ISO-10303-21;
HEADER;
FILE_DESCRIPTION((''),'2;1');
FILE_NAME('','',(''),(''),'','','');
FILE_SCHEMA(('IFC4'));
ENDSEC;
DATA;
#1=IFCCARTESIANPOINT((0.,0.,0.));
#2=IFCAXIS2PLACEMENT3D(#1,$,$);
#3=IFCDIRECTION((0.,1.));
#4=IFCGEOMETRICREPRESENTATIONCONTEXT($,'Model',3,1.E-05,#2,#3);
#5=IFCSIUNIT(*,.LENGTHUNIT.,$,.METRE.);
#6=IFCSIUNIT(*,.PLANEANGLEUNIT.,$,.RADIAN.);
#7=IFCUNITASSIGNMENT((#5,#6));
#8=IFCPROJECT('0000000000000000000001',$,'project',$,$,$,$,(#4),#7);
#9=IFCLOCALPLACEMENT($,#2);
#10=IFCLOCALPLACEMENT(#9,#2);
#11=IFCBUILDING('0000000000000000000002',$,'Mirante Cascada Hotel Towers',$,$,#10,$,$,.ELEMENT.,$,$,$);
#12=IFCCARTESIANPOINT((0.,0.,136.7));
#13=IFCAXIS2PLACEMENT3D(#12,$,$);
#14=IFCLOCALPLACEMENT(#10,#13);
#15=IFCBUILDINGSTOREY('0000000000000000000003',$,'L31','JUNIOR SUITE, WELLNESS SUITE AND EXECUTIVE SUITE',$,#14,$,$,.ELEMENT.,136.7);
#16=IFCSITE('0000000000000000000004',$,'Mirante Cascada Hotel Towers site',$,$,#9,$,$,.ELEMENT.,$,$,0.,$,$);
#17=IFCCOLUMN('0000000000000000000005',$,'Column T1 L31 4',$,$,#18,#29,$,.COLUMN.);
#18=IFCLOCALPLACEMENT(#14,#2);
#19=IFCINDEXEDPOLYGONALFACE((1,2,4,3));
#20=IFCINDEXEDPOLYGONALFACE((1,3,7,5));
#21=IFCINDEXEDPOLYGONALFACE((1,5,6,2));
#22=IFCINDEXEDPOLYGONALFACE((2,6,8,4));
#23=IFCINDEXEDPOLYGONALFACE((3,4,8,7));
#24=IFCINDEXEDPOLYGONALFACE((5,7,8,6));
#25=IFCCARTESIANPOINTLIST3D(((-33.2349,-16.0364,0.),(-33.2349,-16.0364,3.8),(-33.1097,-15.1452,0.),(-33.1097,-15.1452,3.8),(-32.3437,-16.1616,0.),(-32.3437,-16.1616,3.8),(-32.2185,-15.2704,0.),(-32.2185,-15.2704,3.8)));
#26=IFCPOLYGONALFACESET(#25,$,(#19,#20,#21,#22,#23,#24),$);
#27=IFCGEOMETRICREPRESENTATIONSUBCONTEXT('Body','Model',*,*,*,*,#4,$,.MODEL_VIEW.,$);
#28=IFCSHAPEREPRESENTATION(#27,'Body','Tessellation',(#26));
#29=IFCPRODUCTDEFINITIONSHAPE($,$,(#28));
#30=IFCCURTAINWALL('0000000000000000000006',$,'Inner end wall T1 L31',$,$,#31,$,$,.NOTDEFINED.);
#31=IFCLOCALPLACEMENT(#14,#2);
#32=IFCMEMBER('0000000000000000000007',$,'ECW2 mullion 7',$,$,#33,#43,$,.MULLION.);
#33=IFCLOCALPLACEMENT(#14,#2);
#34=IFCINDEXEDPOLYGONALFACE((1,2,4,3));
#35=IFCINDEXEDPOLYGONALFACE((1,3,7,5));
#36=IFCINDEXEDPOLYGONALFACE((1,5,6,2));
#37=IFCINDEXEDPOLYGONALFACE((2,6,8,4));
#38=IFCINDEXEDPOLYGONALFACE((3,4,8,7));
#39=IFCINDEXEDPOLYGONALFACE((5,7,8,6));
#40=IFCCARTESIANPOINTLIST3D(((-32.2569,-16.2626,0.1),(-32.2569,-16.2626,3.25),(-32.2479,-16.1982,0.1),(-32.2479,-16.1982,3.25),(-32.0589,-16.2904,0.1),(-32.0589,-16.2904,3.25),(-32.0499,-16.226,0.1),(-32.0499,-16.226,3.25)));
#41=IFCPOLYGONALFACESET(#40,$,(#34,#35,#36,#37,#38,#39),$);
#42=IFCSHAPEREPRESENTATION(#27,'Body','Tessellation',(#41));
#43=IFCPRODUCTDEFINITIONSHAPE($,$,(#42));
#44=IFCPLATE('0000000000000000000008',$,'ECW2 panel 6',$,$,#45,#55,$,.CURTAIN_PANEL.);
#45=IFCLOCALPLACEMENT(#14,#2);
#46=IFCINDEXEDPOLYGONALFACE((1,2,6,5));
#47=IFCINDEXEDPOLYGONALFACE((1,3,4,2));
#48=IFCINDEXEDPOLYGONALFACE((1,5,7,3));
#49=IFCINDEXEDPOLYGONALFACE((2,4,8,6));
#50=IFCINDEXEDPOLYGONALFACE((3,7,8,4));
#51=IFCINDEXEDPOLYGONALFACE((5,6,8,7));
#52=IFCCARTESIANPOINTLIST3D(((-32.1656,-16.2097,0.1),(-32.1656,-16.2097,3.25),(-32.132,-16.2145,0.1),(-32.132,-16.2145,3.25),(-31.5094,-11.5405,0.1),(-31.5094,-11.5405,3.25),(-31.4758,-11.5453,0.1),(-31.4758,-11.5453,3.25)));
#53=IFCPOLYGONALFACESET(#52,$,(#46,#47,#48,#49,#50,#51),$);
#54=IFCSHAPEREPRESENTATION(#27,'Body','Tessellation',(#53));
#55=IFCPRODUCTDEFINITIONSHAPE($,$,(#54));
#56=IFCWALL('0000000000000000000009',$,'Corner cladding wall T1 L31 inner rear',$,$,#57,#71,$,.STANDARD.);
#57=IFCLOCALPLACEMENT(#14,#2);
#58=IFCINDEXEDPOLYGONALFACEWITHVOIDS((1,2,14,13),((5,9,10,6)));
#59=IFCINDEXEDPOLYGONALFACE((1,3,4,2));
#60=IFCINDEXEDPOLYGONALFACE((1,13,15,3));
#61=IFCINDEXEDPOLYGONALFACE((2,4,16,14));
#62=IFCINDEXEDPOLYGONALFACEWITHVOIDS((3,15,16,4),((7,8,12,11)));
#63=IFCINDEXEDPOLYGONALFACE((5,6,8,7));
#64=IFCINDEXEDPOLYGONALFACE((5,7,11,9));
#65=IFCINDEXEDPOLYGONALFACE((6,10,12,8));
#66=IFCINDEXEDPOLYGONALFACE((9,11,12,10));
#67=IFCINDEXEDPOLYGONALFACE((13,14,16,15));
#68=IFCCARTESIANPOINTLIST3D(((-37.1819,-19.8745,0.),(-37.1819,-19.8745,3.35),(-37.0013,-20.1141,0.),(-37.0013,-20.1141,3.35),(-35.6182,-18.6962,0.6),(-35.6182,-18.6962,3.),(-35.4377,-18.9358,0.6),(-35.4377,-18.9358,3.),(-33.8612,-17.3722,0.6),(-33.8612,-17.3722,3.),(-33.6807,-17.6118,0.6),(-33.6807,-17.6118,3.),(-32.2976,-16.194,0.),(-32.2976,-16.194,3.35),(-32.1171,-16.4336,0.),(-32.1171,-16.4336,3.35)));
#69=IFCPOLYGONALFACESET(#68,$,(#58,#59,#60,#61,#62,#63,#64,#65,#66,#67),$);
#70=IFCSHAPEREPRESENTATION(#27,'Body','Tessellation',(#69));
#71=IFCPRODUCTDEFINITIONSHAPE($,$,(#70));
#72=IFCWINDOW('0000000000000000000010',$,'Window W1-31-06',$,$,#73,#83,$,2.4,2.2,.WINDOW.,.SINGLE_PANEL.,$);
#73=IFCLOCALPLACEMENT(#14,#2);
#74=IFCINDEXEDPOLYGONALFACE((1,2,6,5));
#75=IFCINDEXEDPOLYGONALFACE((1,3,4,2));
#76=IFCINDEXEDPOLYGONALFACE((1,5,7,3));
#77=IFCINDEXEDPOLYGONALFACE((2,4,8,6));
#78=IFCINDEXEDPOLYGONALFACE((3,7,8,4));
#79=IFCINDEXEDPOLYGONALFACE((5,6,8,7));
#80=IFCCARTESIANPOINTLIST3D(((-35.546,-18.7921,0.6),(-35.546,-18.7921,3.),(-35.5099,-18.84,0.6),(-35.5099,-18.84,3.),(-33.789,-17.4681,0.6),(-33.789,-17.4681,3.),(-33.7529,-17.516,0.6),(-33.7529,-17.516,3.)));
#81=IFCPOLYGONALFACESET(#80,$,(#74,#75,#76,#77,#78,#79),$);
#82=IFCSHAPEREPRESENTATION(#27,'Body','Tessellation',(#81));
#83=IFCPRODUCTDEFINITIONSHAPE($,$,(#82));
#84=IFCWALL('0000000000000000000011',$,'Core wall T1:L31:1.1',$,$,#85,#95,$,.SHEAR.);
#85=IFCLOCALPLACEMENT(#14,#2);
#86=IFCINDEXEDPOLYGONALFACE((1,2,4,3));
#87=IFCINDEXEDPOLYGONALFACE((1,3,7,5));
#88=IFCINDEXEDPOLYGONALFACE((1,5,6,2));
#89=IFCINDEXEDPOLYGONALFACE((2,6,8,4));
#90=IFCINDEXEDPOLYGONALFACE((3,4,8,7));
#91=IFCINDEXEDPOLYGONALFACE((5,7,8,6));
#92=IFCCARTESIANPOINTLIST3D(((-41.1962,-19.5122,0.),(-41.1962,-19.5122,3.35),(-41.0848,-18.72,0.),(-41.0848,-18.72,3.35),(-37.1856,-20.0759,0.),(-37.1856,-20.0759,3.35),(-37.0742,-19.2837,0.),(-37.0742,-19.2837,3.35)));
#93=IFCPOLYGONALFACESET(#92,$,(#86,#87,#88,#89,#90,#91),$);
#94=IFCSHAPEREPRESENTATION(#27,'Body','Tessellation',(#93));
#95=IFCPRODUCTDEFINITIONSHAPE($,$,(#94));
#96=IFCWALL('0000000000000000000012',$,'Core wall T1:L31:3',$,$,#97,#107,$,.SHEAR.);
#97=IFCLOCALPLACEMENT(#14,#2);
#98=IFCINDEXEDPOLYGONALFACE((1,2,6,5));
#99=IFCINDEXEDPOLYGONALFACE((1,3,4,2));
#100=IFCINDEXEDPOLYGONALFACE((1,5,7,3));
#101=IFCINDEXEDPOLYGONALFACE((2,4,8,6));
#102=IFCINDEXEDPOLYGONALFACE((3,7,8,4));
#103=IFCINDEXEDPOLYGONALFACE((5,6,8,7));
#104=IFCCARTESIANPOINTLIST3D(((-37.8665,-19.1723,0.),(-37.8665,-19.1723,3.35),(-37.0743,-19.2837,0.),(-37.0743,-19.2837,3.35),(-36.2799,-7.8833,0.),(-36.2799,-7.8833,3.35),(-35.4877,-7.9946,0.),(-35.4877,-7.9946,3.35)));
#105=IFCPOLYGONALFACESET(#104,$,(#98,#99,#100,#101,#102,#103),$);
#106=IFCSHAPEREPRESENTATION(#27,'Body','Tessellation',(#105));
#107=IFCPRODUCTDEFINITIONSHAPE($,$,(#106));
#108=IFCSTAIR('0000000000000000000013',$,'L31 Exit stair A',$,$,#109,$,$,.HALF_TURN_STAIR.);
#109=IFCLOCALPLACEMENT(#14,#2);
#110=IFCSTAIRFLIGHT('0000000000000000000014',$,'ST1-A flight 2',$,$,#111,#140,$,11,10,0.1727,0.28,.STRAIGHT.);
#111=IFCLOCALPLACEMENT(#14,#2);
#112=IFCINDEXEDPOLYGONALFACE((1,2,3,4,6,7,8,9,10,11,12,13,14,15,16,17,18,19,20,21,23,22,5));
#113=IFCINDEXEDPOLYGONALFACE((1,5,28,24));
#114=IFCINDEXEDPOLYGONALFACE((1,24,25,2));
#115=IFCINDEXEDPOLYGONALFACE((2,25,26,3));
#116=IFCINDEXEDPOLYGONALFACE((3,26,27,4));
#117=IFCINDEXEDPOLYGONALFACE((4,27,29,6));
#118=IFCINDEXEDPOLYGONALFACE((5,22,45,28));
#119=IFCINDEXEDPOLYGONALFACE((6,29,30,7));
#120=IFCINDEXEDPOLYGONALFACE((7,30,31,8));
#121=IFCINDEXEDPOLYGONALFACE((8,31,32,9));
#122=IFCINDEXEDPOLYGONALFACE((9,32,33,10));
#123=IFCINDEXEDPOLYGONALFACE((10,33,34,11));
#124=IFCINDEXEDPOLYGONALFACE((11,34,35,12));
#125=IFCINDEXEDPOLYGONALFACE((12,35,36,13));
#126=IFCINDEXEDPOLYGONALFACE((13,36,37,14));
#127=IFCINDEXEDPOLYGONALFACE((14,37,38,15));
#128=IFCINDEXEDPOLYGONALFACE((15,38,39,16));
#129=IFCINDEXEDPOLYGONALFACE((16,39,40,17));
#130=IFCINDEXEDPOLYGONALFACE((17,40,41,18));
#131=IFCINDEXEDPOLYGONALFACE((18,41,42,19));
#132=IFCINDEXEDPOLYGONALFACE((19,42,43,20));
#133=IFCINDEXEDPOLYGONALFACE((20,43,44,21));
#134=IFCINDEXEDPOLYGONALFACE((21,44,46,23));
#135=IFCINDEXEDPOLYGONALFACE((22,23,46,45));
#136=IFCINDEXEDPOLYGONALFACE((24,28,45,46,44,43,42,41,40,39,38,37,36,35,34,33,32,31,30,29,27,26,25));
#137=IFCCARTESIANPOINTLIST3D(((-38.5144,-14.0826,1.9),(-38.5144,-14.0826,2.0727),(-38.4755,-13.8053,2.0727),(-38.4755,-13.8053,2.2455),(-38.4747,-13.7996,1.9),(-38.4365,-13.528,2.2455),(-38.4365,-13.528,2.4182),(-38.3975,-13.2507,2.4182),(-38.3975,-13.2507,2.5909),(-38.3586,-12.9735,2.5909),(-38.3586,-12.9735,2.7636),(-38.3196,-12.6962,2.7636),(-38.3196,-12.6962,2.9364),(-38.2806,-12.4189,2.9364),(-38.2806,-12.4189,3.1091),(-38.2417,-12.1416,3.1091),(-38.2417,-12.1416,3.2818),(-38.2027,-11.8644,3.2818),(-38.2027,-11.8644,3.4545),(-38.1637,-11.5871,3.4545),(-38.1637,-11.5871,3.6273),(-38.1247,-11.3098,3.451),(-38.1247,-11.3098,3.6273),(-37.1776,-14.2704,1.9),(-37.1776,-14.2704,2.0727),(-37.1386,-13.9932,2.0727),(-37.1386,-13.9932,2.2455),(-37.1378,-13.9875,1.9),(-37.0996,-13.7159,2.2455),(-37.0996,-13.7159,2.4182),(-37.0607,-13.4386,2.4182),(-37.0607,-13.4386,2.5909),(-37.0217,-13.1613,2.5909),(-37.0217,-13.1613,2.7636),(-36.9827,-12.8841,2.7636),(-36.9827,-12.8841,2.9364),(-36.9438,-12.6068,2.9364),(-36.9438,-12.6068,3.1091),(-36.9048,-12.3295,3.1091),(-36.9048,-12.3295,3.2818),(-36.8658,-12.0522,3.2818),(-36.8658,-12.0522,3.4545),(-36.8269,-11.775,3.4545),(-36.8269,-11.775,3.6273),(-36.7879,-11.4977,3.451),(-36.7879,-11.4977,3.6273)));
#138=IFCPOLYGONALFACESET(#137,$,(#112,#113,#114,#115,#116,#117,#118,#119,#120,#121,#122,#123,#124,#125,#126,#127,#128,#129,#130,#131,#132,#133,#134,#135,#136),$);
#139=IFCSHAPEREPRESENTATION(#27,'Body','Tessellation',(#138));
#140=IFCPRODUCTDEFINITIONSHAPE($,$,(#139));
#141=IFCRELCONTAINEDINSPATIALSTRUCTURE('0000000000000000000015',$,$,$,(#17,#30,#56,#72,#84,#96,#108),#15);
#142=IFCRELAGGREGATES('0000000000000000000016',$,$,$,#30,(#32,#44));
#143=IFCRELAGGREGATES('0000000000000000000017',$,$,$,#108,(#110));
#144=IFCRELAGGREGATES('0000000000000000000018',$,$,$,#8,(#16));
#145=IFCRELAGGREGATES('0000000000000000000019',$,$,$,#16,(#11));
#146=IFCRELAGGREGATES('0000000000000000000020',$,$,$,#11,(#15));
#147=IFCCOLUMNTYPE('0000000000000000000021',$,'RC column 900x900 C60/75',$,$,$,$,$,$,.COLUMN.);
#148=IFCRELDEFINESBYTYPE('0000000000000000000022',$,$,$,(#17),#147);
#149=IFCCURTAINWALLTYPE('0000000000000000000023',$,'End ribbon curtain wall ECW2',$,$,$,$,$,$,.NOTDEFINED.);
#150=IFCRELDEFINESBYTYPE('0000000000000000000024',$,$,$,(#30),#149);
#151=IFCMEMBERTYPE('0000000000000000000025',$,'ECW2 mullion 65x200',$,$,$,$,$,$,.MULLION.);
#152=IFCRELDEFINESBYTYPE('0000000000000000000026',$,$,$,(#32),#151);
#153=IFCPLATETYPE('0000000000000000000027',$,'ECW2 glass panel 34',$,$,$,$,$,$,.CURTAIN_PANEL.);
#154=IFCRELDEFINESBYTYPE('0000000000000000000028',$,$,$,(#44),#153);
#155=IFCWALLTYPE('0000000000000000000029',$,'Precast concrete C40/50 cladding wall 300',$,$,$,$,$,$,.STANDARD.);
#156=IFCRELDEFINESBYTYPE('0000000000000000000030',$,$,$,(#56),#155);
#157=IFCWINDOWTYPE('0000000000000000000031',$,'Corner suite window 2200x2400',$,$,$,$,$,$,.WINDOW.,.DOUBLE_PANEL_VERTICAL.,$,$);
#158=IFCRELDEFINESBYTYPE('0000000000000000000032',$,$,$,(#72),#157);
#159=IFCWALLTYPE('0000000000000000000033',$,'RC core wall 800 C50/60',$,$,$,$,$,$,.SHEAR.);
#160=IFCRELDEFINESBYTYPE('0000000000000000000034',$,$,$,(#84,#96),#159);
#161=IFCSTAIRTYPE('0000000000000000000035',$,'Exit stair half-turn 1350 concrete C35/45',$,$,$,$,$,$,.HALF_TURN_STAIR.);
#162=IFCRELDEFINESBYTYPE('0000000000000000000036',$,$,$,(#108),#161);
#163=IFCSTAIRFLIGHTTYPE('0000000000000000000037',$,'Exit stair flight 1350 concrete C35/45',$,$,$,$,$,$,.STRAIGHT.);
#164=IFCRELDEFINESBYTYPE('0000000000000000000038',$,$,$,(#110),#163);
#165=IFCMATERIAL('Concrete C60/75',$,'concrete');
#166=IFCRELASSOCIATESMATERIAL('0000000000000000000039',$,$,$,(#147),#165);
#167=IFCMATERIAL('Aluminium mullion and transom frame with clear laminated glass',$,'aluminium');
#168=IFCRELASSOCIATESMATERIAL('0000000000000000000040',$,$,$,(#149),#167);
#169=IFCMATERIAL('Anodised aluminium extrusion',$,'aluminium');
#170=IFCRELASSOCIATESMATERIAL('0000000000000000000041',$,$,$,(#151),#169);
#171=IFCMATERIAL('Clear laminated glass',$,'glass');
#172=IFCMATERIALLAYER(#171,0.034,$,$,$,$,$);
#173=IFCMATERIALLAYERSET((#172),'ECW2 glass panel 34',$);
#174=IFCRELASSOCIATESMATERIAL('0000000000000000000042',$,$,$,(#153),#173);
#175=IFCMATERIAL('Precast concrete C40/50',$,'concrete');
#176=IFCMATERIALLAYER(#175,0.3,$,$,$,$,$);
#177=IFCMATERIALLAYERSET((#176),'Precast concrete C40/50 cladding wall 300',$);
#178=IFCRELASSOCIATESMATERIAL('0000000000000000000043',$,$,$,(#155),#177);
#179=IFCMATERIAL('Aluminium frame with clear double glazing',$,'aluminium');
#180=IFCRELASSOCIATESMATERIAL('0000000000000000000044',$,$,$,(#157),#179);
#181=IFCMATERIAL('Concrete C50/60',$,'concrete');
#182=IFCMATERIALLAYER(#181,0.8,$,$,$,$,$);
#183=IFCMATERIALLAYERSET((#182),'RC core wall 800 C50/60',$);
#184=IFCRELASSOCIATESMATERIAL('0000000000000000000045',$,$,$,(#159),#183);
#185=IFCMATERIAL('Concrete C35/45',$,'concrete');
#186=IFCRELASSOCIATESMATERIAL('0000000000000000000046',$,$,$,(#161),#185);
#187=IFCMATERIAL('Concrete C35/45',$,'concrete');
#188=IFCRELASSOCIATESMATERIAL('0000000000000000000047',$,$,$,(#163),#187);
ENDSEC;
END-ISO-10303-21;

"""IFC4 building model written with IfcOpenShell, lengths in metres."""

from ifc_helpers import new_model, si_unit, direction, frame, frame_2d, origin, origin_2d, place, context, subcontext, project, spatial, polyline, rectangle, outline, extrude, material, layer, layer_set, material_profile, profile_set, type_object, element, fill, aggregate, save


model = new_model("IFC4")

# Units and contexts
model_context = context("Model", 3, precision=1e-05, world=origin(), true_north=direction((0.0, 1.0)))
body_context = subcontext(model_context, "Body", "Model", "MODEL_VIEW")
ifc_project = project(units=[si_unit("LENGTHUNIT", "METRE"), si_unit("PLANEANGLEUNIT", "RADIAN")], contexts=[model_context])

# Site, building, storey
site_placement = place(None, origin())
site = spatial("IfcSite", under=ifc_project, at=site_placement, Name="Mirante Cascada Hotel Towers site", CompositionType="ELEMENT", RefElevation=0.0)
building_placement = place(site_placement, origin())
building = spatial("IfcBuilding", under=site, at=building_placement, Name="Mirante Cascada Hotel Towers", CompositionType="ELEMENT")
storey_placement = place(building_placement, frame((0.0, 0.0, 136.7)))
storey = spatial("IfcBuildingStorey", under=building, at=storey_placement, Name="L31", Description="JUNIOR SUITE, WELLNESS SUITE AND EXECUTIVE SUITE", CompositionType="ELEMENT", Elevation=136.7)

# Column
ifc_material_1 = material(Name="Concrete C60/75", Category="concrete")
ifc_material_profile_1 = material_profile(ifc_material_1, rectangle(XDim=0.9, YDim=0.9, at=origin_2d()), Name="RC column 900x900 C60/75")
ifc_profile_set_1 = profile_set([ifc_material_profile_1], Name="Concrete C60/75")
column_type = type_object("IfcColumnType", Name="RC column 900x900 C60/75", PredefinedType="COLUMN", material=ifc_profile_set_1)
column_placement = place(storey_placement, frame((-32.7267, -15.6534, 0.0), z_axis=(0.0, 0.0, 1.0), x_axis=(-0.990268, 0.139173, 0.0)))
element("IfcColumn", 1, at=column_placement, inside=storey, type_object=column_type, Name="Column T1 L31 4", PredefinedType="COLUMN", context=body_context, shape_type="SweptSolid", body=[
    extrude(rectangle(XDim=0.9, YDim=0.9, at=origin_2d()), origin(), (0.0, 0.0, 1.0), 3.8),
])

# Curtain wall, member, plate
ifc_material_2 = material(Name="Aluminium mullion and transom frame with clear laminated glass", Category="aluminium")
curtain_wall_type = type_object("IfcCurtainWallType", Name="End ribbon curtain wall ECW2", PredefinedType="NOTDEFINED", material=ifc_material_2)
curtain_wall_placement = place(storey_placement, origin())
curtain_wall = element("IfcCurtainWall", 2, at=curtain_wall_placement, inside=storey, type_object=curtain_wall_type, Name="Inner end wall T1 L31", PredefinedType="NOTDEFINED")
ifc_material_3 = material(Name="Anodised aluminium extrusion", Category="aluminium")
ifc_material_profile_2 = material_profile(ifc_material_3, rectangle(XDim=0.2, YDim=0.065, at=origin_2d()), Name="ECW2 MULLION 65x200")
ifc_profile_set_2 = profile_set([ifc_material_profile_2], Name="Anodised aluminium extrusion")
member_type = type_object("IfcMemberType", Name="ECW2 mullion 65x200", PredefinedType="MULLION", material=ifc_profile_set_2)
member_placement = place(storey_placement, frame((-32.1534, -16.2443, 0.1), z_axis=(0.0, 0.0, 1.0), x_axis=(0.990268, -0.139173, 0.0)))
member = element("IfcMember", 3, at=member_placement, type_object=member_type, Name="ECW2 mullion 7", PredefinedType="MULLION", context=body_context, shape_type="SweptSolid", body=[
    extrude(rectangle(XDim=0.2, YDim=0.065, at=origin_2d()), origin(), (0.0, 0.0, 1.0), 3.15),
])
ifc_material_4 = material(Name="Clear laminated glass", Category="glass")
ifc_layer_1 = layer(ifc_material_4, 0.034)
ifc_layer_set_1 = layer_set([ifc_layer_1], Name="ECW2 glass panel 34")
plate_type = type_object("IfcPlateType", Name="ECW2 glass panel 34", PredefinedType="CURTAIN_PANEL", material=ifc_layer_set_1)
plate_placement = place(storey_placement, frame((-31.8207, -13.8775, 0.1), z_axis=(0.0, 0.0, 1.0), x_axis=(-0.139173, -0.990268, 0.0)))
plate = element("IfcPlate", 4, at=plate_placement, type_object=plate_type, Name="ECW2 panel 6", PredefinedType="CURTAIN_PANEL", context=body_context, shape_type="SweptSolid", body=[
    extrude(rectangle(XDim=4.7151, YDim=0.034, at=origin_2d()), origin(), (0.0, 0.0, 1.0), 3.15),
])
aggregate(curtain_wall, [member, plate])

# Wall, opening, window
ifc_material_5 = material(Name="Precast concrete C40/50", Category="concrete")
ifc_layer_2 = layer(ifc_material_5, 0.3)
ifc_layer_set_2 = layer_set([ifc_layer_2], Name="Precast concrete C40/50 cladding wall 300")
wall_type_1 = type_object("IfcWallType", Name="Precast concrete C40/50 cladding wall 300", PredefinedType="STANDARD", material=ifc_layer_set_2)
wall_1_placement = place(storey_placement, frame((-32.2074, -16.3138, 0.0), z_axis=(0.0, 0.0, 1.0), x_axis=(-0.798636, -0.601814, 0.0)))
wall_1 = element("IfcWall", 5, at=wall_1_placement, inside=storey, type_object=wall_type_1, Name="Corner cladding wall T1 L31 inner rear", PredefinedType="STANDARD", context=body_context, shape_type="SweptSolid", body=[
    extrude(rectangle(XDim=6.1157, YDim=0.3, at=frame_2d((3.0578, 0.0))), origin(), (0.0, 0.0, 1.0), 3.35),
])
opening_placement = place(wall_1_placement, frame((1.9578, 0.0, 0.6)))
opening = element("IfcOpeningElement", 6, at=opening_placement, cuts=wall_1, PredefinedType="OPENING", context=body_context, shape_type="SweptSolid", body=[
    extrude(rectangle(XDim=2.2, YDim=2.4, at=frame_2d((1.1, 1.2))), frame((0.0, 0.15, 0.0), z_axis=(0.0, -1.0, 0.0), x_axis=(1.0, 0.0, 0.0)), (0.0, 0.0, 1.0), 0.3),
])
ifc_material_6 = material(Name="Aluminium frame with clear double glazing", Category="aluminium")
window_type = type_object("IfcWindowType", Name="Corner suite window 2200x2400", PartitioningType="DOUBLE_PANEL_VERTICAL", PredefinedType="WINDOW", material=ifc_material_6)
window_placement = place(opening_placement, origin())
window = element("IfcWindow", 7, at=window_placement, inside=storey, type_object=window_type, Name="Window W1-31-06", OverallHeight=2.4, OverallWidth=2.2, PartitioningType="SINGLE_PANEL", PredefinedType="WINDOW", context=body_context, shape_type="SweptSolid", body=[
    extrude(rectangle(XDim=2.2, YDim=2.4, at=frame_2d((1.1, 1.2))), frame((0.0, 0.03, 0.0), z_axis=(0.0, -1.0, 0.0), x_axis=(1.0, 0.0, 0.0)), (0.0, 0.0, 1.0), 0.06),
])
fill(opening, window)

# Walls
ifc_material_7 = material(Name="Concrete C50/60", Category="concrete")
ifc_layer_3 = layer(ifc_material_7, 0.8)
ifc_layer_set_3 = layer_set([ifc_layer_3], Name="RC core wall 800 C50/60")
wall_type_2 = type_object("IfcWallType", Name="RC core wall 800 C50/60", PredefinedType="SHEAR", material=ifc_layer_set_3)
wall_2_placement = place(storey_placement, frame((-37.1299, -19.6798, 0.0), z_axis=(0.0, 0.0, 1.0), x_axis=(-0.990267, 0.139184, 0.0)))
element("IfcWall", 8, at=wall_2_placement, inside=storey, type_object=wall_type_2, Name="Core wall T1:L31:1.1", PredefinedType="SHEAR", context=body_context, shape_type="SweptSolid", body=[
    extrude(rectangle(XDim=4.05, YDim=0.8, at=frame_2d((2.025, 0.0))), origin(), (0.0, 0.0, 1.0), 3.35),
])
wall_3_placement = place(storey_placement, frame((-37.4704, -19.228, 0.0), z_axis=(0.0, 0.0, 1.0), x_axis=(0.139175, 0.990268, 0.0)))
element("IfcWall", 9, at=wall_3_placement, inside=storey, type_object=wall_type_2, Name="Core wall T1:L31:3", PredefinedType="SHEAR", context=body_context, shape_type="SweptSolid", body=[
    extrude(rectangle(XDim=11.4, YDim=0.8, at=frame_2d((5.7, 0.0))), origin(), (0.0, 0.0, 1.0), 3.35),
])

# Stair, stair flight
ifc_material_8 = material(Name="Concrete C35/45", Category="concrete")
stair_type = type_object("IfcStairType", Name="Exit stair half-turn 1350 concrete C35/45", PredefinedType="HALF_TURN_STAIR", material=ifc_material_8)
stair_placement = place(storey_placement, origin())
stair = element("IfcStair", 10, at=stair_placement, inside=storey, type_object=stair_type, Name="L31 Exit stair A", PredefinedType="HALF_TURN_STAIR")
ifc_material_9 = material(Name="Concrete C35/45", Category="concrete")
stair_flight_type = type_object("IfcStairFlightType", Name="Exit stair flight 1350 concrete C35/45", PredefinedType="STRAIGHT", material=ifc_material_9)
stair_flight_placement = place(storey_placement, frame((-37.846, -14.1765, 1.9), z_axis=(0.0, 0.0, 1.0), x_axis=(0.139173, 0.990268, 0.0)))
stair_flight = element("IfcStairFlight", 11, at=stair_flight_placement, type_object=stair_flight_type, Name="ST1-A flight 2", NumberOfRisers=11, NumberOfTreads=10, PredefinedType="STRAIGHT", RiserHeight=0.1727, TreadLength=0.28, context=body_context, shape_type="SweptSolid", body=[
    extrude(outline(polyline([(0.0, 0.0), (0.0, 0.1727), (0.28, 0.1727), (0.28, 0.3455), (0.56, 0.3455), (0.56, 0.5182), (0.84, 0.5182), (0.84, 0.6909), (1.12, 0.6909), (1.12, 0.8636), (1.4, 0.8636), (1.4, 1.0364), (1.68, 1.0364), (1.68, 1.2091), (1.96, 1.2091), (1.96, 1.3818), (2.24, 1.3818), (2.24, 1.5545), (2.52, 1.5545), (2.52, 1.7273), (2.8, 1.7273), (2.8, 1.9), (2.8, 1.551), (0.2857, 0.0), (0.0, 0.0)])), frame((0.0, 0.675, 0.0), z_axis=(0.0, -1.0, 0.0), x_axis=(1.0, 0.0, 0.0)), (0.0, 0.0, 1.0), 1.35),
])
aggregate(stair, [stair_flight])

save(model, "model.ifc")
